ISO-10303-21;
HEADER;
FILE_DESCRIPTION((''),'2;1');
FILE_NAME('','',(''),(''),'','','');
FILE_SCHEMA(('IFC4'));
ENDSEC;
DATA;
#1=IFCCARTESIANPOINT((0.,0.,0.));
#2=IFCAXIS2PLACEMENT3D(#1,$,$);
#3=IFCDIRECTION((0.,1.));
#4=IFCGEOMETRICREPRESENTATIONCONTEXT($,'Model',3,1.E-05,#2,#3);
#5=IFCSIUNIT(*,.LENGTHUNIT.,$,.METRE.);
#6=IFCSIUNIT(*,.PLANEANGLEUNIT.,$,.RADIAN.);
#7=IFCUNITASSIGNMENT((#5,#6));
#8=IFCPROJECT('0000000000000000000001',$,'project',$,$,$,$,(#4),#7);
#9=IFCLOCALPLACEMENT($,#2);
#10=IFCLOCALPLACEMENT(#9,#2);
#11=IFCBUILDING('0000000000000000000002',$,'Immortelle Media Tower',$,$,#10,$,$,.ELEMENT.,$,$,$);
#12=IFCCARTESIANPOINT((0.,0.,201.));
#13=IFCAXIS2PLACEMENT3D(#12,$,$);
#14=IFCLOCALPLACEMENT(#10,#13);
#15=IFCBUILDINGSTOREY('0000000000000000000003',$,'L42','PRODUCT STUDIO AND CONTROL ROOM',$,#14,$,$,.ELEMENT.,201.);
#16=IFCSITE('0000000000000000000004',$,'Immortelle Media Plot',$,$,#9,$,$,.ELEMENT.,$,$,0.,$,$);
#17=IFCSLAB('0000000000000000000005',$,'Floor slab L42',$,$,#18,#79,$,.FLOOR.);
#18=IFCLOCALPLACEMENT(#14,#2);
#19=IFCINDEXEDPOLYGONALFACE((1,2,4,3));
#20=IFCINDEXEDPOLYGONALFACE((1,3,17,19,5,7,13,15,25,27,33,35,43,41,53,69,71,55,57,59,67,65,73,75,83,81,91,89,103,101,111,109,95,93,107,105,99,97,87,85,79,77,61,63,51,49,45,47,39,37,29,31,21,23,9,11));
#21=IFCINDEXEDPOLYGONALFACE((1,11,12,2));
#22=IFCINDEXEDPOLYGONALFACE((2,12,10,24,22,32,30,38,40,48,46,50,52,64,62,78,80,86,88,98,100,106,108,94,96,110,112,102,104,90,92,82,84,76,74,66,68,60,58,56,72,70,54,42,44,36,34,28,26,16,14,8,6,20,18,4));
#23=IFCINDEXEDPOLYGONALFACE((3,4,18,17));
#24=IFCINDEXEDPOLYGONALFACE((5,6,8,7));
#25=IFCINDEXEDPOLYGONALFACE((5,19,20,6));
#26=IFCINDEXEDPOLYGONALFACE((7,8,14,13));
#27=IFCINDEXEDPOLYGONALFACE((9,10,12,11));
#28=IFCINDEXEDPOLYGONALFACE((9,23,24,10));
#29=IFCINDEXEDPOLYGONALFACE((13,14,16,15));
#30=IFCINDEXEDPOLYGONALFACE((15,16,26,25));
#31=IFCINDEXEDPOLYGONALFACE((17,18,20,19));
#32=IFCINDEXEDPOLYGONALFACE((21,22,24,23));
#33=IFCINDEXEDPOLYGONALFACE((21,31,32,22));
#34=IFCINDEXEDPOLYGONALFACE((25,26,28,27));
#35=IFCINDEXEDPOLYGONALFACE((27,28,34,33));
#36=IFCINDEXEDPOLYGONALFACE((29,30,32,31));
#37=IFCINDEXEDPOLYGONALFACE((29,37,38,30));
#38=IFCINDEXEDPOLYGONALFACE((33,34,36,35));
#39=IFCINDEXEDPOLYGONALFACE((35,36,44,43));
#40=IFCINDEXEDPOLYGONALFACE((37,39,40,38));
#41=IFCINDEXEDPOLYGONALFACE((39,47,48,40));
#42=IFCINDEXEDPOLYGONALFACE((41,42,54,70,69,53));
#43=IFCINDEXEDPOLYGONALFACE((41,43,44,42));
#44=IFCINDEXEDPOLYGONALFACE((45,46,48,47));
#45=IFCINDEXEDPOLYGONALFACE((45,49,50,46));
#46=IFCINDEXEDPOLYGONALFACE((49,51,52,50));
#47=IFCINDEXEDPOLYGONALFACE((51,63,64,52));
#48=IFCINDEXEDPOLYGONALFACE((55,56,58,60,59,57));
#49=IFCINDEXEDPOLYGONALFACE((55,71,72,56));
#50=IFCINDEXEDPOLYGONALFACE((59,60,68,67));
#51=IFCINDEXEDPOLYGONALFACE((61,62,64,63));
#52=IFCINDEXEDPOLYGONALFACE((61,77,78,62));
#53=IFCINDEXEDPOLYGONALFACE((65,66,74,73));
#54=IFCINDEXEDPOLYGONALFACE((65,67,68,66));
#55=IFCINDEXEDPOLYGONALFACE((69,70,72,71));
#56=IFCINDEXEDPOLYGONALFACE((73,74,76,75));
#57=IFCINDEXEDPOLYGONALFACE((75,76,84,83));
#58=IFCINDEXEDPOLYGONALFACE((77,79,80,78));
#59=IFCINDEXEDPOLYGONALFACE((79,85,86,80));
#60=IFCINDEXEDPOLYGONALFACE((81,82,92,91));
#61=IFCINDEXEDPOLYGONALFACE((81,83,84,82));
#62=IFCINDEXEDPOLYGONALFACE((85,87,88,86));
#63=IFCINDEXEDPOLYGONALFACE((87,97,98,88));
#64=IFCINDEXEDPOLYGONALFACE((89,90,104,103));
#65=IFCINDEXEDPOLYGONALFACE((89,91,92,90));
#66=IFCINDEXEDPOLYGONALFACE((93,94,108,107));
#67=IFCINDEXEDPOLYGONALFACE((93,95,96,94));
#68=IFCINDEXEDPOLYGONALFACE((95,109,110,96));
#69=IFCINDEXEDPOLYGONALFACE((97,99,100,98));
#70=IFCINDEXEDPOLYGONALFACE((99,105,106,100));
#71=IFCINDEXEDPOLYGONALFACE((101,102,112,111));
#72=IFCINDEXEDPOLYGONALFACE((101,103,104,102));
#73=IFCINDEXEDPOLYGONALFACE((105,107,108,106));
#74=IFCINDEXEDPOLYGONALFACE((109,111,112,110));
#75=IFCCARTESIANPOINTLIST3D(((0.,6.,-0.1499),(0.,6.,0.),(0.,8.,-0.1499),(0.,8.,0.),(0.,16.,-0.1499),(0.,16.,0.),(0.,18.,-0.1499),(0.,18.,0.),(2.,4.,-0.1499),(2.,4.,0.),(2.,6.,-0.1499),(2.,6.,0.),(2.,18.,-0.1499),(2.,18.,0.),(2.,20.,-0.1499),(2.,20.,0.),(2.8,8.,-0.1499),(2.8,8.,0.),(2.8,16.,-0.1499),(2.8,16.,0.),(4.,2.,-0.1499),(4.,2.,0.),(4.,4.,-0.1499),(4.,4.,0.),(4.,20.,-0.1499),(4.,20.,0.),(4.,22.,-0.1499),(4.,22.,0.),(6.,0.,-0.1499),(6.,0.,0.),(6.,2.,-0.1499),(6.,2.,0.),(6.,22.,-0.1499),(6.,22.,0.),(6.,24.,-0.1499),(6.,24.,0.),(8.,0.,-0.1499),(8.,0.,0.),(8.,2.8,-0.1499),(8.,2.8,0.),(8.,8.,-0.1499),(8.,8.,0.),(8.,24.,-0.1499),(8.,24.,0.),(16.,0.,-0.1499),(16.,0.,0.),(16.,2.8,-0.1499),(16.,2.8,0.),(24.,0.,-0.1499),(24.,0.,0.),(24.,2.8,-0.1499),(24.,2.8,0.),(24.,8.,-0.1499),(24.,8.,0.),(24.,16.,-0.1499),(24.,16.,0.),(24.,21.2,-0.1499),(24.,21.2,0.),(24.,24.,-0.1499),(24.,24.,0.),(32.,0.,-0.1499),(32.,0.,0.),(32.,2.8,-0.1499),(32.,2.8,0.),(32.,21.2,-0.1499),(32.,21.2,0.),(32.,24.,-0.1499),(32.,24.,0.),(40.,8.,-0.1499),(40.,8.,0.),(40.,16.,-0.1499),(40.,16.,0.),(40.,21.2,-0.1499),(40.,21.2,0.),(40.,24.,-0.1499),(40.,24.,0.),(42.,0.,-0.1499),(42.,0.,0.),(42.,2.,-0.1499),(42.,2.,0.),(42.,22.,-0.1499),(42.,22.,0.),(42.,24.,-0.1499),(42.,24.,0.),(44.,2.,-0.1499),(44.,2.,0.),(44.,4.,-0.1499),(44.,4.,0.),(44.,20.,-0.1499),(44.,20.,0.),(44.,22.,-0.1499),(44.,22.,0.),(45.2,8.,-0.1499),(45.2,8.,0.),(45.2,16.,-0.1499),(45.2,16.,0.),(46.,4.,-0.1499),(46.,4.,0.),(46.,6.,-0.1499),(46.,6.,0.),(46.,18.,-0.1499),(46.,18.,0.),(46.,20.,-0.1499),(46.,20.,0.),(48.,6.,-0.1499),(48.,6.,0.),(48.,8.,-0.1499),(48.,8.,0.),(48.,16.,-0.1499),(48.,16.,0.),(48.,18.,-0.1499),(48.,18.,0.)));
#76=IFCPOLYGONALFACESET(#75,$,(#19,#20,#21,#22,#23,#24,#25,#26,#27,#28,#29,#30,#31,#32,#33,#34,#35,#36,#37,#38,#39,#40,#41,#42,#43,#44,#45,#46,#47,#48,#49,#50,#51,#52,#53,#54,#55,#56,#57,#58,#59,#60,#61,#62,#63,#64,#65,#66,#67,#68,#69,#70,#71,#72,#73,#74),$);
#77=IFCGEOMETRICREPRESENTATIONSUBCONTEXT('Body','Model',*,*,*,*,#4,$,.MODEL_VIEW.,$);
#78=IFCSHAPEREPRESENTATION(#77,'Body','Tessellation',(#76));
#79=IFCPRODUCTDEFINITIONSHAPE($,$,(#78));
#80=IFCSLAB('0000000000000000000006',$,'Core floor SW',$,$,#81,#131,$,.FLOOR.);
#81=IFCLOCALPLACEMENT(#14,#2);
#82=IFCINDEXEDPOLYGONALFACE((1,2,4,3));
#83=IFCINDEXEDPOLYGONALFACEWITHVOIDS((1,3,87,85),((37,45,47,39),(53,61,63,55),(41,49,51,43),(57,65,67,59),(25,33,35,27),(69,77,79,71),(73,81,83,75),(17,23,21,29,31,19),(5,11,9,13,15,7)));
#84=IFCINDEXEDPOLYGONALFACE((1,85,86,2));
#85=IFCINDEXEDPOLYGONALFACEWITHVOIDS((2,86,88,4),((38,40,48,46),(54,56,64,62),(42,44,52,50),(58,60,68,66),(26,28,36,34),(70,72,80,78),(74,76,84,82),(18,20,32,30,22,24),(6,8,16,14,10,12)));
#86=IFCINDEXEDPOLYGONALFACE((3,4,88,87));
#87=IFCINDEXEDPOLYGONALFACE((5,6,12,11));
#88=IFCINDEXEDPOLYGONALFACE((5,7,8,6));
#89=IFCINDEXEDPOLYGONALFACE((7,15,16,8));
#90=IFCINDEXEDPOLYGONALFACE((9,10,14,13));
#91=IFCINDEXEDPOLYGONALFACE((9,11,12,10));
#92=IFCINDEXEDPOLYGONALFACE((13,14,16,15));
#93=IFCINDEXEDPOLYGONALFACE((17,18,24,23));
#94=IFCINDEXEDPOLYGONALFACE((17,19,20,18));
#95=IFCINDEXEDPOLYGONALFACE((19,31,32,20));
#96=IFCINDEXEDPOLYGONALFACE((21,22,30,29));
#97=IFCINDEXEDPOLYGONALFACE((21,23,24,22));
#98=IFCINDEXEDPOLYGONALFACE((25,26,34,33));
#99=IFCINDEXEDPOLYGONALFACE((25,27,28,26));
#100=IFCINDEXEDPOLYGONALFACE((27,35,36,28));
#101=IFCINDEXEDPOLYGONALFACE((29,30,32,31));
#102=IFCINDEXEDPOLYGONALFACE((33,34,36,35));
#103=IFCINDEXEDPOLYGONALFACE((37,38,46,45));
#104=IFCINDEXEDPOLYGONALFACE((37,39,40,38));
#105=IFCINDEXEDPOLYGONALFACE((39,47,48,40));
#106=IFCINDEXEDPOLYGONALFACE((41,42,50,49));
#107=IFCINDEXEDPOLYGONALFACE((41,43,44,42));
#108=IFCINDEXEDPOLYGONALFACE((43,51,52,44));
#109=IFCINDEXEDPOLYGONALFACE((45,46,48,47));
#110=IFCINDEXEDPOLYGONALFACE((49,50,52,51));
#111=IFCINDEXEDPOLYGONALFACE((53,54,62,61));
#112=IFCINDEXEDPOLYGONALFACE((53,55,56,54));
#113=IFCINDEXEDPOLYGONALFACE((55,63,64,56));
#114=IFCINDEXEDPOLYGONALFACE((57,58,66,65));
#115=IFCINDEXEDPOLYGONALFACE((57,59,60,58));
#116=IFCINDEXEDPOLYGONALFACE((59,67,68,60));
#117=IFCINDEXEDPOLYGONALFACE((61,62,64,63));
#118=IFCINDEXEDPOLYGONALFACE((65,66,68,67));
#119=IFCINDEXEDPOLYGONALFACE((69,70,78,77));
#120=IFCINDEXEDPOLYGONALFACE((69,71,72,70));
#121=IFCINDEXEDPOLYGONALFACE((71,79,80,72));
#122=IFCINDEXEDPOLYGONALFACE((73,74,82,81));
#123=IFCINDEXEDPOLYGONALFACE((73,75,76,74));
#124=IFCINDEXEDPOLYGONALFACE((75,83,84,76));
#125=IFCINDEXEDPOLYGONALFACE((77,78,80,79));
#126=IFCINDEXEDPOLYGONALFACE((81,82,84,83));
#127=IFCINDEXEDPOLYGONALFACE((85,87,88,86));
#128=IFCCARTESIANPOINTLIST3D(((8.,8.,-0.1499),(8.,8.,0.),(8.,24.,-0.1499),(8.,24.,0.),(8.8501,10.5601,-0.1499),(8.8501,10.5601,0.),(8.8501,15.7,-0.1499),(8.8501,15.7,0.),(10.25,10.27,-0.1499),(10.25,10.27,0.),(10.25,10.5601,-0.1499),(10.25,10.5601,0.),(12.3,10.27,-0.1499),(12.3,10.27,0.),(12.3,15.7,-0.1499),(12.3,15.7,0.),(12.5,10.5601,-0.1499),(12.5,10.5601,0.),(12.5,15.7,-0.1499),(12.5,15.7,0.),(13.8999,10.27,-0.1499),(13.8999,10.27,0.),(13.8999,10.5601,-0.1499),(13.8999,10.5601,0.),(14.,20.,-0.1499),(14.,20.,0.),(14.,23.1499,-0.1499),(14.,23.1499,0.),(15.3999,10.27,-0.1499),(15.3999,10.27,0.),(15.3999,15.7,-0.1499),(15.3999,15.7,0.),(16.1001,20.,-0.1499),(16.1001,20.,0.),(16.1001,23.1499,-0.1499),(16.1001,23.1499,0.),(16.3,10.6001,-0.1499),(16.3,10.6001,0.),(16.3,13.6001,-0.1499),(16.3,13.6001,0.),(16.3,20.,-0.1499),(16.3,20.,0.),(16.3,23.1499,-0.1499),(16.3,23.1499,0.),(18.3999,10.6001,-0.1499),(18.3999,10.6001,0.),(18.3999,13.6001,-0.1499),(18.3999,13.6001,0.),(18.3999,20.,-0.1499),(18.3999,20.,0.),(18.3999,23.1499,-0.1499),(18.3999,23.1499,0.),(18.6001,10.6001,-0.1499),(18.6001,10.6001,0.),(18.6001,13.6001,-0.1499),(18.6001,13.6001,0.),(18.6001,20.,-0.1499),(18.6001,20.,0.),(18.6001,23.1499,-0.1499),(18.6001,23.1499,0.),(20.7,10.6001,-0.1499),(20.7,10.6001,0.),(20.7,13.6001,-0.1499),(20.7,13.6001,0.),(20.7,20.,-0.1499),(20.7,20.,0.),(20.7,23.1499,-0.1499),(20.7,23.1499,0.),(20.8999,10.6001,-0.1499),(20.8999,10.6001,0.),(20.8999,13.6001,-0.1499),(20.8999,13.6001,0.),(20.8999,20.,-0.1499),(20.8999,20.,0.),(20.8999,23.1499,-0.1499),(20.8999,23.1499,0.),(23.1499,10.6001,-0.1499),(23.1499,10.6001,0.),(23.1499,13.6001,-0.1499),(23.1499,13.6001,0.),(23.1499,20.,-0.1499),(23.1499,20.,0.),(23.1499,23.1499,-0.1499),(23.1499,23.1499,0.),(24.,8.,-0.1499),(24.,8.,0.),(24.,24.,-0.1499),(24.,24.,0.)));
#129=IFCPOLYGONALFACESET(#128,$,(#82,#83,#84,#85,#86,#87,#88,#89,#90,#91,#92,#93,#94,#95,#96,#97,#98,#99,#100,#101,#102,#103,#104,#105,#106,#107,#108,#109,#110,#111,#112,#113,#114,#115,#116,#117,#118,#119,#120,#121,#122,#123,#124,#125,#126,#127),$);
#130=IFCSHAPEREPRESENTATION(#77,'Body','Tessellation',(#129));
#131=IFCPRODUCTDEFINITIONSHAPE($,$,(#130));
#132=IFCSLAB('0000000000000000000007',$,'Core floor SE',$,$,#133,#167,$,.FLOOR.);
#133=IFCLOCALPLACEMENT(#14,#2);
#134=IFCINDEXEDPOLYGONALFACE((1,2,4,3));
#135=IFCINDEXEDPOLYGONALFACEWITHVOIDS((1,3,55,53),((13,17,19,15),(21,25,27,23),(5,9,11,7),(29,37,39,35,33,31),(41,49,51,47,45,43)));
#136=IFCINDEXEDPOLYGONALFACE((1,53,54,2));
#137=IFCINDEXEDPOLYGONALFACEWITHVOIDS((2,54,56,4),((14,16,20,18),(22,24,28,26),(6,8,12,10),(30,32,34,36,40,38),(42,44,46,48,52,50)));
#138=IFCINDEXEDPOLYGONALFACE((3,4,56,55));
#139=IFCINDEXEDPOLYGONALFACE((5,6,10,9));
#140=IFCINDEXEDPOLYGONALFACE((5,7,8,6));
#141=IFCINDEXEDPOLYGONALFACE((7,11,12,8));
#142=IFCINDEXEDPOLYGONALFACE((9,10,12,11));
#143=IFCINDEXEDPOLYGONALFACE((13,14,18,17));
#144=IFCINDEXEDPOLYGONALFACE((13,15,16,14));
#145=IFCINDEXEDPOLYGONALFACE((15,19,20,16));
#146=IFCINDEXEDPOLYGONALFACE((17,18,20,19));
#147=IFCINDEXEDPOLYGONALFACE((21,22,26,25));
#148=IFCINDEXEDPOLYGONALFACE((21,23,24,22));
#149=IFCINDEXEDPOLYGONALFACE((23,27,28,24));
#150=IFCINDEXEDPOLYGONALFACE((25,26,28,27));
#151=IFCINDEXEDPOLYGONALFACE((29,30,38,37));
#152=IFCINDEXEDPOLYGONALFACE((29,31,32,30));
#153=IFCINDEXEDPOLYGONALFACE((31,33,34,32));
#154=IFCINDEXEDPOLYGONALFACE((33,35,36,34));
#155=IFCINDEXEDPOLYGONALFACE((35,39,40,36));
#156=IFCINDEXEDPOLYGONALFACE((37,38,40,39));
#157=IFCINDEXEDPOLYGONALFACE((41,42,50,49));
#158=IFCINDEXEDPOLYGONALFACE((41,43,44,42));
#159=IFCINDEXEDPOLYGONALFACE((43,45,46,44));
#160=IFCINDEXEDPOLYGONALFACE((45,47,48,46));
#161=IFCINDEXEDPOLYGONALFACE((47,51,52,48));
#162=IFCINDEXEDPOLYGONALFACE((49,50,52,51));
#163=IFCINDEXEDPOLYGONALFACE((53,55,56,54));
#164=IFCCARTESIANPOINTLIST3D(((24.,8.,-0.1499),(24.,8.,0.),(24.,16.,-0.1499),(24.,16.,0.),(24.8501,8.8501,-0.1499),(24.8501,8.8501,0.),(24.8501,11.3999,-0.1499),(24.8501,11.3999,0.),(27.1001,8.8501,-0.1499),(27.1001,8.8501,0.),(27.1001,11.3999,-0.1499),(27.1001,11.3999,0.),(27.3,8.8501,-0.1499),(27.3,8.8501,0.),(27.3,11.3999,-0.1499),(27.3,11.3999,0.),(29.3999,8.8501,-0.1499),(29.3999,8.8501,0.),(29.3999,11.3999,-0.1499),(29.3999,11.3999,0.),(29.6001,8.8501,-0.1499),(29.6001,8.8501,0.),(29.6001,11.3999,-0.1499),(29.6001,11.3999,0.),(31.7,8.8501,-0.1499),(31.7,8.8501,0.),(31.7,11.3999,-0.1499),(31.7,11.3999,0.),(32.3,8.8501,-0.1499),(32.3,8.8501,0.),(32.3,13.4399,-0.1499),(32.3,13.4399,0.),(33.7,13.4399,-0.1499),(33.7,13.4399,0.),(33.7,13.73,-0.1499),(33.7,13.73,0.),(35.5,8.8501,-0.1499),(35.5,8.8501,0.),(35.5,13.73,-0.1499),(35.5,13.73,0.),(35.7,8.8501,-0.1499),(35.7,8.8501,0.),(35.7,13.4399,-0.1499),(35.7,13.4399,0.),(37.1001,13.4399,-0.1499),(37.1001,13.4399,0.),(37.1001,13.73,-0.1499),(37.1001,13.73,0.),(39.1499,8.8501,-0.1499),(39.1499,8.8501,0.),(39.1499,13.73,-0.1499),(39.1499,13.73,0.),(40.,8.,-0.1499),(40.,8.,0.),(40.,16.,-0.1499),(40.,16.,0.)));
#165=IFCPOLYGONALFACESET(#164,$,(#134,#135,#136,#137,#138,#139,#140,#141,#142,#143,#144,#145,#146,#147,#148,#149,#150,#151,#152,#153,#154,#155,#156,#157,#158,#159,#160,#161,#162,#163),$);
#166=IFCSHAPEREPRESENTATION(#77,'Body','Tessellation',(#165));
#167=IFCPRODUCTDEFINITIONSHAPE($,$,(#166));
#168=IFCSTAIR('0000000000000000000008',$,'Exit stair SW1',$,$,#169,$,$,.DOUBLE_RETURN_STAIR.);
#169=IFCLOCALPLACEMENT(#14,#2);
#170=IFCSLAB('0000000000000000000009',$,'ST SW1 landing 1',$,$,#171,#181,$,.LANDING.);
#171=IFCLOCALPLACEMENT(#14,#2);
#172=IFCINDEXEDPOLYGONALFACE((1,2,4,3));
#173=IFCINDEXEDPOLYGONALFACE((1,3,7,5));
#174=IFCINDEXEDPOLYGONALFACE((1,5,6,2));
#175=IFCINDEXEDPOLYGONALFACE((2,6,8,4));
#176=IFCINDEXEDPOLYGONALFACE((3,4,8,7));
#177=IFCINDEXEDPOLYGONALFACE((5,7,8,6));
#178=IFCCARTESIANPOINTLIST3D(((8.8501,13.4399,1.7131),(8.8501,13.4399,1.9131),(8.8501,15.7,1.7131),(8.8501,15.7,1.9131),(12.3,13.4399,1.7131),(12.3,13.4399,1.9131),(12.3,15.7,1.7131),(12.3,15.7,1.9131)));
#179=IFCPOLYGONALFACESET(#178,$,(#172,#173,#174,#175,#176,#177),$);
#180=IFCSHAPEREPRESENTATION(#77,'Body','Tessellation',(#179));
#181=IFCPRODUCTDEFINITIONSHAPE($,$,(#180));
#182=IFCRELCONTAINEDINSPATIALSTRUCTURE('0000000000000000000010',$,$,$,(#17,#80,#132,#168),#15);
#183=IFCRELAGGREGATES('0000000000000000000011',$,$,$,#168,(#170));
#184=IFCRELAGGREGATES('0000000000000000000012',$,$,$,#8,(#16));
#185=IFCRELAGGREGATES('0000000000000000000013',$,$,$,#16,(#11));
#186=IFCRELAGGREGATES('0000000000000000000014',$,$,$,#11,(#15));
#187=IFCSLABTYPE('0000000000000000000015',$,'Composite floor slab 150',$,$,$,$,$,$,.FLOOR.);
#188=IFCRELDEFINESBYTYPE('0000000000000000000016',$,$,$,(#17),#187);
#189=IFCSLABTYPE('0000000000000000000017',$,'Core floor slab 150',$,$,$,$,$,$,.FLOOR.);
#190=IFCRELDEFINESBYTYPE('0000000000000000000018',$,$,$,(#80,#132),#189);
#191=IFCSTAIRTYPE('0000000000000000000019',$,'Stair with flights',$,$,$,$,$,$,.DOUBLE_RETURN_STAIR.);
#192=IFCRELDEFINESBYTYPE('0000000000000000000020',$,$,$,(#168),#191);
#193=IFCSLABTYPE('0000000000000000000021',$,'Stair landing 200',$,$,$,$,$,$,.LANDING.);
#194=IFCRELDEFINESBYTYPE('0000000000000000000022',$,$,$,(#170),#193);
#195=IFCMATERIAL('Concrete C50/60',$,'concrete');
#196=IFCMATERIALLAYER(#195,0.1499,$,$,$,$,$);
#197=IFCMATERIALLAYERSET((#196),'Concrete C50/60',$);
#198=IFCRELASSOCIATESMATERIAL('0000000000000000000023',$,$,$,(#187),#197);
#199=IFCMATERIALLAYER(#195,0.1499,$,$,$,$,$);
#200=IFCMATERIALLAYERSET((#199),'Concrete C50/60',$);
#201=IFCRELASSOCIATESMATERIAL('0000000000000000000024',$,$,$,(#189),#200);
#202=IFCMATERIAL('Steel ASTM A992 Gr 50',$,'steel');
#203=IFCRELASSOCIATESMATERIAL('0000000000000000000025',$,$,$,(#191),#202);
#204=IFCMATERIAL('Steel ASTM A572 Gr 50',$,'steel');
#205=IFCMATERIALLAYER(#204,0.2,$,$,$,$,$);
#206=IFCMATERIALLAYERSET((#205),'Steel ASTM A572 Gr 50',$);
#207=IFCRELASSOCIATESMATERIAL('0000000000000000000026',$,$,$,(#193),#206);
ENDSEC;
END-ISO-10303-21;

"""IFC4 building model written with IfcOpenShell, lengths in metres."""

from ifc_helpers import new_model, si_unit, direction, frame, origin, place, context, subcontext, project, spatial, polyline, outline, extrude, material, layer, layer_set, type_object, element, aggregate, save


model = new_model("IFC4")

# Units and contexts
model_context = context("Model", 3, precision=1e-05, world=origin(), true_north=direction((0.0, 1.0)))
body_context = subcontext(model_context, "Body", "Model", "MODEL_VIEW")
ifc_project = project(units=[si_unit("LENGTHUNIT", "METRE"), si_unit("PLANEANGLEUNIT", "RADIAN")], contexts=[model_context])

# Site, building, storey
site_placement = place(None, origin())
site = spatial("IfcSite", under=ifc_project, at=site_placement, Name="Immortelle Media Plot", CompositionType="ELEMENT", RefElevation=0.0)
building_placement = place(site_placement, origin())
building = spatial("IfcBuilding", under=site, at=building_placement, Name="Immortelle Media Tower", CompositionType="ELEMENT")
storey_placement = place(building_placement, frame((0.0, 0.0, 201.0)))
storey = spatial("IfcBuildingStorey", under=building, at=storey_placement, Name="L42", Description="PRODUCT STUDIO AND CONTROL ROOM", CompositionType="ELEMENT", Elevation=201.0)

# Shared definitions
ifc_material_1 = material(Name="Steel ASTM A992 Gr 50", Category="steel")

# Slabs
ifc_material_2 = material(Name="Concrete C50/60", Category="concrete")
ifc_layer_1 = layer(ifc_material_2, 0.1499)
ifc_layer_set_1 = layer_set([ifc_layer_1], Name="Concrete C50/60")
slab_type_1 = type_object("IfcSlabType", Name="Composite floor slab 150", PredefinedType="FLOOR", material=ifc_layer_set_1)
slab_1_placement = place(storey_placement, frame((0.0, 0.0, -0.1499)))
element("IfcSlab", 1, at=slab_1_placement, inside=storey, type_object=slab_type_1, Name="Floor slab L42", PredefinedType="FLOOR", context=body_context, shape_type="SweptSolid", body=[
    extrude(outline(polyline([(6.0, 0.0), (6.0, 2.0), (4.0, 2.0), (4.0, 4.0), (2.0, 4.0), (2.0, 6.0), (0.0, 6.0), (0.0, 8.0), (2.8, 8.0), (2.8, 16.0), (0.0, 16.0), (0.0, 18.0), (2.0, 18.0), (2.0, 20.0), (4.0, 20.0), (4.0, 22.0), (6.0, 22.0), (6.0, 24.0), (8.0, 24.0), (8.0, 8.0), (24.0, 8.0), (40.0, 8.0), (40.0, 16.0), (24.0, 16.0), (24.0, 21.2), (24.0, 24.0), (32.0, 24.0), (32.0, 21.2), (40.0, 21.2), (40.0, 24.0), (42.0, 24.0), (42.0, 22.0), (44.0, 22.0), (44.0, 20.0), (46.0, 20.0), (46.0, 18.0), (48.0, 18.0), (48.0, 16.0), (45.2, 16.0), (45.2, 8.0), (48.0, 8.0), (48.0, 6.0), (46.0, 6.0), (46.0, 4.0), (44.0, 4.0), (44.0, 2.0), (42.0, 2.0), (42.0, 0.0), (32.0, 0.0), (32.0, 2.8), (24.0, 2.8), (24.0, 0.0), (16.0, 0.0), (16.0, 2.8), (8.0, 2.8), (8.0, 0.0), (6.0, 0.0)])), origin(), (0.0, 0.0, 1.0), 0.1499),
])
ifc_layer_2 = layer(ifc_material_2, 0.1499)
ifc_layer_set_2 = layer_set([ifc_layer_2], Name="Concrete C50/60")
slab_type_2 = type_object("IfcSlabType", Name="Core floor slab 150", PredefinedType="FLOOR", material=ifc_layer_set_2)
slab_2_placement = place(storey_placement, frame((0.0, 0.0, -0.1499)))
element("IfcSlab", 2, at=slab_2_placement, inside=storey, type_object=slab_type_2, Name="Core floor SW", PredefinedType="FLOOR", context=body_context, shape_type="SweptSolid", body=[
    extrude(outline(polyline([(8.0, 8.0), (24.0, 8.0), (24.0, 24.0), (8.0, 24.0), (8.0, 8.0)]), holes=[polyline([(14.0, 20.0), (16.1001, 20.0), (16.1001, 23.1499), (14.0, 23.1499), (14.0, 20.0)]), polyline([(16.3, 20.0), (18.3999, 20.0), (18.3999, 23.1499), (16.3, 23.1499), (16.3, 20.0)]), polyline([(18.6001, 20.0), (20.7, 20.0), (20.7, 23.1499), (18.6001, 23.1499), (18.6001, 20.0)]), polyline([(20.8999, 20.0), (23.1499, 20.0), (23.1499, 23.1499), (20.8999, 23.1499), (20.8999, 20.0)]), polyline([(16.3, 10.6001), (18.3999, 10.6001), (18.3999, 13.6001), (16.3, 13.6001), (16.3, 10.6001)]), polyline([(18.6001, 10.6001), (20.7, 10.6001), (20.7, 13.6001), (18.6001, 13.6001), (18.6001, 10.6001)]), polyline([(20.8999, 10.6001), (23.1499, 10.6001), (23.1499, 13.6001), (20.8999, 13.6001), (20.8999, 10.6001)]), polyline([(8.8501, 15.7), (12.3, 15.7), (12.3, 10.27), (10.25, 10.27), (10.25, 10.5601), (8.8501, 10.5601), (8.8501, 15.7)]), polyline([(12.5, 15.7), (15.3999, 15.7), (15.3999, 10.27), (13.8999, 10.27), (13.8999, 10.5601), (12.5, 10.5601), (12.5, 15.7)])]), origin(), (0.0, 0.0, 1.0), 0.1499),
])
slab_3_placement = place(storey_placement, frame((0.0, 0.0, -0.1499)))
element("IfcSlab", 3, at=slab_3_placement, inside=storey, type_object=slab_type_2, Name="Core floor SE", PredefinedType="FLOOR", context=body_context, shape_type="SweptSolid", body=[
    extrude(outline(polyline([(24.0, 8.0), (40.0, 8.0), (40.0, 16.0), (24.0, 16.0), (24.0, 8.0)]), holes=[polyline([(24.8501, 8.8501), (27.1001, 8.8501), (27.1001, 11.3999), (24.8501, 11.3999), (24.8501, 8.8501)]), polyline([(27.3, 8.8501), (29.3999, 8.8501), (29.3999, 11.3999), (27.3, 11.3999), (27.3, 8.8501)]), polyline([(29.6001, 8.8501), (31.7, 8.8501), (31.7, 11.3999), (29.6001, 11.3999), (29.6001, 8.8501)]), polyline([(35.5, 13.73), (35.5, 8.8501), (32.3, 8.8501), (32.3, 13.4399), (33.7, 13.4399), (33.7, 13.73), (35.5, 13.73)]), polyline([(39.1499, 13.73), (39.1499, 8.8501), (35.7, 8.8501), (35.7, 13.4399), (37.1001, 13.4399), (37.1001, 13.73), (39.1499, 13.73)])]), origin(), (0.0, 0.0, 1.0), 0.1499),
])

# Stair, slab
stair_type = type_object("IfcStairType", Name="Stair with flights", PredefinedType="DOUBLE_RETURN_STAIR", material=ifc_material_1)
stair_1_placement = place(storey_placement, origin())
stair_1 = element("IfcStair", 4, at=stair_1_placement, inside=storey, type_object=stair_type, Name="Exit stair SW1", PredefinedType="DOUBLE_RETURN_STAIR")
ifc_material_3 = material(Name="Steel ASTM A572 Gr 50", Category="steel")
ifc_layer_3 = layer(ifc_material_3, 0.2)
ifc_layer_set_3 = layer_set([ifc_layer_3], Name="Steel ASTM A572 Gr 50")
slab_type_3 = type_object("IfcSlabType", Name="Stair landing 200", PredefinedType="LANDING", material=ifc_layer_set_3)
slab_4_placement = place(storey_placement, frame((0.0, 0.0, 1.7131)))
slab_4 = element("IfcSlab", 5, at=slab_4_placement, type_object=slab_type_3, Name="ST SW1 landing 1", PredefinedType="LANDING", context=body_context, shape_type="SweptSolid", body=[
    extrude(outline(polyline([(8.8501, 13.4399), (12.3, 13.4399), (12.3, 15.7), (8.8501, 15.7), (8.8501, 13.4399)])), origin(), (0.0, 0.0, 1.0), 0.2),
])
aggregate(stair_1, [slab_4])

save(model, "model.ifc")
